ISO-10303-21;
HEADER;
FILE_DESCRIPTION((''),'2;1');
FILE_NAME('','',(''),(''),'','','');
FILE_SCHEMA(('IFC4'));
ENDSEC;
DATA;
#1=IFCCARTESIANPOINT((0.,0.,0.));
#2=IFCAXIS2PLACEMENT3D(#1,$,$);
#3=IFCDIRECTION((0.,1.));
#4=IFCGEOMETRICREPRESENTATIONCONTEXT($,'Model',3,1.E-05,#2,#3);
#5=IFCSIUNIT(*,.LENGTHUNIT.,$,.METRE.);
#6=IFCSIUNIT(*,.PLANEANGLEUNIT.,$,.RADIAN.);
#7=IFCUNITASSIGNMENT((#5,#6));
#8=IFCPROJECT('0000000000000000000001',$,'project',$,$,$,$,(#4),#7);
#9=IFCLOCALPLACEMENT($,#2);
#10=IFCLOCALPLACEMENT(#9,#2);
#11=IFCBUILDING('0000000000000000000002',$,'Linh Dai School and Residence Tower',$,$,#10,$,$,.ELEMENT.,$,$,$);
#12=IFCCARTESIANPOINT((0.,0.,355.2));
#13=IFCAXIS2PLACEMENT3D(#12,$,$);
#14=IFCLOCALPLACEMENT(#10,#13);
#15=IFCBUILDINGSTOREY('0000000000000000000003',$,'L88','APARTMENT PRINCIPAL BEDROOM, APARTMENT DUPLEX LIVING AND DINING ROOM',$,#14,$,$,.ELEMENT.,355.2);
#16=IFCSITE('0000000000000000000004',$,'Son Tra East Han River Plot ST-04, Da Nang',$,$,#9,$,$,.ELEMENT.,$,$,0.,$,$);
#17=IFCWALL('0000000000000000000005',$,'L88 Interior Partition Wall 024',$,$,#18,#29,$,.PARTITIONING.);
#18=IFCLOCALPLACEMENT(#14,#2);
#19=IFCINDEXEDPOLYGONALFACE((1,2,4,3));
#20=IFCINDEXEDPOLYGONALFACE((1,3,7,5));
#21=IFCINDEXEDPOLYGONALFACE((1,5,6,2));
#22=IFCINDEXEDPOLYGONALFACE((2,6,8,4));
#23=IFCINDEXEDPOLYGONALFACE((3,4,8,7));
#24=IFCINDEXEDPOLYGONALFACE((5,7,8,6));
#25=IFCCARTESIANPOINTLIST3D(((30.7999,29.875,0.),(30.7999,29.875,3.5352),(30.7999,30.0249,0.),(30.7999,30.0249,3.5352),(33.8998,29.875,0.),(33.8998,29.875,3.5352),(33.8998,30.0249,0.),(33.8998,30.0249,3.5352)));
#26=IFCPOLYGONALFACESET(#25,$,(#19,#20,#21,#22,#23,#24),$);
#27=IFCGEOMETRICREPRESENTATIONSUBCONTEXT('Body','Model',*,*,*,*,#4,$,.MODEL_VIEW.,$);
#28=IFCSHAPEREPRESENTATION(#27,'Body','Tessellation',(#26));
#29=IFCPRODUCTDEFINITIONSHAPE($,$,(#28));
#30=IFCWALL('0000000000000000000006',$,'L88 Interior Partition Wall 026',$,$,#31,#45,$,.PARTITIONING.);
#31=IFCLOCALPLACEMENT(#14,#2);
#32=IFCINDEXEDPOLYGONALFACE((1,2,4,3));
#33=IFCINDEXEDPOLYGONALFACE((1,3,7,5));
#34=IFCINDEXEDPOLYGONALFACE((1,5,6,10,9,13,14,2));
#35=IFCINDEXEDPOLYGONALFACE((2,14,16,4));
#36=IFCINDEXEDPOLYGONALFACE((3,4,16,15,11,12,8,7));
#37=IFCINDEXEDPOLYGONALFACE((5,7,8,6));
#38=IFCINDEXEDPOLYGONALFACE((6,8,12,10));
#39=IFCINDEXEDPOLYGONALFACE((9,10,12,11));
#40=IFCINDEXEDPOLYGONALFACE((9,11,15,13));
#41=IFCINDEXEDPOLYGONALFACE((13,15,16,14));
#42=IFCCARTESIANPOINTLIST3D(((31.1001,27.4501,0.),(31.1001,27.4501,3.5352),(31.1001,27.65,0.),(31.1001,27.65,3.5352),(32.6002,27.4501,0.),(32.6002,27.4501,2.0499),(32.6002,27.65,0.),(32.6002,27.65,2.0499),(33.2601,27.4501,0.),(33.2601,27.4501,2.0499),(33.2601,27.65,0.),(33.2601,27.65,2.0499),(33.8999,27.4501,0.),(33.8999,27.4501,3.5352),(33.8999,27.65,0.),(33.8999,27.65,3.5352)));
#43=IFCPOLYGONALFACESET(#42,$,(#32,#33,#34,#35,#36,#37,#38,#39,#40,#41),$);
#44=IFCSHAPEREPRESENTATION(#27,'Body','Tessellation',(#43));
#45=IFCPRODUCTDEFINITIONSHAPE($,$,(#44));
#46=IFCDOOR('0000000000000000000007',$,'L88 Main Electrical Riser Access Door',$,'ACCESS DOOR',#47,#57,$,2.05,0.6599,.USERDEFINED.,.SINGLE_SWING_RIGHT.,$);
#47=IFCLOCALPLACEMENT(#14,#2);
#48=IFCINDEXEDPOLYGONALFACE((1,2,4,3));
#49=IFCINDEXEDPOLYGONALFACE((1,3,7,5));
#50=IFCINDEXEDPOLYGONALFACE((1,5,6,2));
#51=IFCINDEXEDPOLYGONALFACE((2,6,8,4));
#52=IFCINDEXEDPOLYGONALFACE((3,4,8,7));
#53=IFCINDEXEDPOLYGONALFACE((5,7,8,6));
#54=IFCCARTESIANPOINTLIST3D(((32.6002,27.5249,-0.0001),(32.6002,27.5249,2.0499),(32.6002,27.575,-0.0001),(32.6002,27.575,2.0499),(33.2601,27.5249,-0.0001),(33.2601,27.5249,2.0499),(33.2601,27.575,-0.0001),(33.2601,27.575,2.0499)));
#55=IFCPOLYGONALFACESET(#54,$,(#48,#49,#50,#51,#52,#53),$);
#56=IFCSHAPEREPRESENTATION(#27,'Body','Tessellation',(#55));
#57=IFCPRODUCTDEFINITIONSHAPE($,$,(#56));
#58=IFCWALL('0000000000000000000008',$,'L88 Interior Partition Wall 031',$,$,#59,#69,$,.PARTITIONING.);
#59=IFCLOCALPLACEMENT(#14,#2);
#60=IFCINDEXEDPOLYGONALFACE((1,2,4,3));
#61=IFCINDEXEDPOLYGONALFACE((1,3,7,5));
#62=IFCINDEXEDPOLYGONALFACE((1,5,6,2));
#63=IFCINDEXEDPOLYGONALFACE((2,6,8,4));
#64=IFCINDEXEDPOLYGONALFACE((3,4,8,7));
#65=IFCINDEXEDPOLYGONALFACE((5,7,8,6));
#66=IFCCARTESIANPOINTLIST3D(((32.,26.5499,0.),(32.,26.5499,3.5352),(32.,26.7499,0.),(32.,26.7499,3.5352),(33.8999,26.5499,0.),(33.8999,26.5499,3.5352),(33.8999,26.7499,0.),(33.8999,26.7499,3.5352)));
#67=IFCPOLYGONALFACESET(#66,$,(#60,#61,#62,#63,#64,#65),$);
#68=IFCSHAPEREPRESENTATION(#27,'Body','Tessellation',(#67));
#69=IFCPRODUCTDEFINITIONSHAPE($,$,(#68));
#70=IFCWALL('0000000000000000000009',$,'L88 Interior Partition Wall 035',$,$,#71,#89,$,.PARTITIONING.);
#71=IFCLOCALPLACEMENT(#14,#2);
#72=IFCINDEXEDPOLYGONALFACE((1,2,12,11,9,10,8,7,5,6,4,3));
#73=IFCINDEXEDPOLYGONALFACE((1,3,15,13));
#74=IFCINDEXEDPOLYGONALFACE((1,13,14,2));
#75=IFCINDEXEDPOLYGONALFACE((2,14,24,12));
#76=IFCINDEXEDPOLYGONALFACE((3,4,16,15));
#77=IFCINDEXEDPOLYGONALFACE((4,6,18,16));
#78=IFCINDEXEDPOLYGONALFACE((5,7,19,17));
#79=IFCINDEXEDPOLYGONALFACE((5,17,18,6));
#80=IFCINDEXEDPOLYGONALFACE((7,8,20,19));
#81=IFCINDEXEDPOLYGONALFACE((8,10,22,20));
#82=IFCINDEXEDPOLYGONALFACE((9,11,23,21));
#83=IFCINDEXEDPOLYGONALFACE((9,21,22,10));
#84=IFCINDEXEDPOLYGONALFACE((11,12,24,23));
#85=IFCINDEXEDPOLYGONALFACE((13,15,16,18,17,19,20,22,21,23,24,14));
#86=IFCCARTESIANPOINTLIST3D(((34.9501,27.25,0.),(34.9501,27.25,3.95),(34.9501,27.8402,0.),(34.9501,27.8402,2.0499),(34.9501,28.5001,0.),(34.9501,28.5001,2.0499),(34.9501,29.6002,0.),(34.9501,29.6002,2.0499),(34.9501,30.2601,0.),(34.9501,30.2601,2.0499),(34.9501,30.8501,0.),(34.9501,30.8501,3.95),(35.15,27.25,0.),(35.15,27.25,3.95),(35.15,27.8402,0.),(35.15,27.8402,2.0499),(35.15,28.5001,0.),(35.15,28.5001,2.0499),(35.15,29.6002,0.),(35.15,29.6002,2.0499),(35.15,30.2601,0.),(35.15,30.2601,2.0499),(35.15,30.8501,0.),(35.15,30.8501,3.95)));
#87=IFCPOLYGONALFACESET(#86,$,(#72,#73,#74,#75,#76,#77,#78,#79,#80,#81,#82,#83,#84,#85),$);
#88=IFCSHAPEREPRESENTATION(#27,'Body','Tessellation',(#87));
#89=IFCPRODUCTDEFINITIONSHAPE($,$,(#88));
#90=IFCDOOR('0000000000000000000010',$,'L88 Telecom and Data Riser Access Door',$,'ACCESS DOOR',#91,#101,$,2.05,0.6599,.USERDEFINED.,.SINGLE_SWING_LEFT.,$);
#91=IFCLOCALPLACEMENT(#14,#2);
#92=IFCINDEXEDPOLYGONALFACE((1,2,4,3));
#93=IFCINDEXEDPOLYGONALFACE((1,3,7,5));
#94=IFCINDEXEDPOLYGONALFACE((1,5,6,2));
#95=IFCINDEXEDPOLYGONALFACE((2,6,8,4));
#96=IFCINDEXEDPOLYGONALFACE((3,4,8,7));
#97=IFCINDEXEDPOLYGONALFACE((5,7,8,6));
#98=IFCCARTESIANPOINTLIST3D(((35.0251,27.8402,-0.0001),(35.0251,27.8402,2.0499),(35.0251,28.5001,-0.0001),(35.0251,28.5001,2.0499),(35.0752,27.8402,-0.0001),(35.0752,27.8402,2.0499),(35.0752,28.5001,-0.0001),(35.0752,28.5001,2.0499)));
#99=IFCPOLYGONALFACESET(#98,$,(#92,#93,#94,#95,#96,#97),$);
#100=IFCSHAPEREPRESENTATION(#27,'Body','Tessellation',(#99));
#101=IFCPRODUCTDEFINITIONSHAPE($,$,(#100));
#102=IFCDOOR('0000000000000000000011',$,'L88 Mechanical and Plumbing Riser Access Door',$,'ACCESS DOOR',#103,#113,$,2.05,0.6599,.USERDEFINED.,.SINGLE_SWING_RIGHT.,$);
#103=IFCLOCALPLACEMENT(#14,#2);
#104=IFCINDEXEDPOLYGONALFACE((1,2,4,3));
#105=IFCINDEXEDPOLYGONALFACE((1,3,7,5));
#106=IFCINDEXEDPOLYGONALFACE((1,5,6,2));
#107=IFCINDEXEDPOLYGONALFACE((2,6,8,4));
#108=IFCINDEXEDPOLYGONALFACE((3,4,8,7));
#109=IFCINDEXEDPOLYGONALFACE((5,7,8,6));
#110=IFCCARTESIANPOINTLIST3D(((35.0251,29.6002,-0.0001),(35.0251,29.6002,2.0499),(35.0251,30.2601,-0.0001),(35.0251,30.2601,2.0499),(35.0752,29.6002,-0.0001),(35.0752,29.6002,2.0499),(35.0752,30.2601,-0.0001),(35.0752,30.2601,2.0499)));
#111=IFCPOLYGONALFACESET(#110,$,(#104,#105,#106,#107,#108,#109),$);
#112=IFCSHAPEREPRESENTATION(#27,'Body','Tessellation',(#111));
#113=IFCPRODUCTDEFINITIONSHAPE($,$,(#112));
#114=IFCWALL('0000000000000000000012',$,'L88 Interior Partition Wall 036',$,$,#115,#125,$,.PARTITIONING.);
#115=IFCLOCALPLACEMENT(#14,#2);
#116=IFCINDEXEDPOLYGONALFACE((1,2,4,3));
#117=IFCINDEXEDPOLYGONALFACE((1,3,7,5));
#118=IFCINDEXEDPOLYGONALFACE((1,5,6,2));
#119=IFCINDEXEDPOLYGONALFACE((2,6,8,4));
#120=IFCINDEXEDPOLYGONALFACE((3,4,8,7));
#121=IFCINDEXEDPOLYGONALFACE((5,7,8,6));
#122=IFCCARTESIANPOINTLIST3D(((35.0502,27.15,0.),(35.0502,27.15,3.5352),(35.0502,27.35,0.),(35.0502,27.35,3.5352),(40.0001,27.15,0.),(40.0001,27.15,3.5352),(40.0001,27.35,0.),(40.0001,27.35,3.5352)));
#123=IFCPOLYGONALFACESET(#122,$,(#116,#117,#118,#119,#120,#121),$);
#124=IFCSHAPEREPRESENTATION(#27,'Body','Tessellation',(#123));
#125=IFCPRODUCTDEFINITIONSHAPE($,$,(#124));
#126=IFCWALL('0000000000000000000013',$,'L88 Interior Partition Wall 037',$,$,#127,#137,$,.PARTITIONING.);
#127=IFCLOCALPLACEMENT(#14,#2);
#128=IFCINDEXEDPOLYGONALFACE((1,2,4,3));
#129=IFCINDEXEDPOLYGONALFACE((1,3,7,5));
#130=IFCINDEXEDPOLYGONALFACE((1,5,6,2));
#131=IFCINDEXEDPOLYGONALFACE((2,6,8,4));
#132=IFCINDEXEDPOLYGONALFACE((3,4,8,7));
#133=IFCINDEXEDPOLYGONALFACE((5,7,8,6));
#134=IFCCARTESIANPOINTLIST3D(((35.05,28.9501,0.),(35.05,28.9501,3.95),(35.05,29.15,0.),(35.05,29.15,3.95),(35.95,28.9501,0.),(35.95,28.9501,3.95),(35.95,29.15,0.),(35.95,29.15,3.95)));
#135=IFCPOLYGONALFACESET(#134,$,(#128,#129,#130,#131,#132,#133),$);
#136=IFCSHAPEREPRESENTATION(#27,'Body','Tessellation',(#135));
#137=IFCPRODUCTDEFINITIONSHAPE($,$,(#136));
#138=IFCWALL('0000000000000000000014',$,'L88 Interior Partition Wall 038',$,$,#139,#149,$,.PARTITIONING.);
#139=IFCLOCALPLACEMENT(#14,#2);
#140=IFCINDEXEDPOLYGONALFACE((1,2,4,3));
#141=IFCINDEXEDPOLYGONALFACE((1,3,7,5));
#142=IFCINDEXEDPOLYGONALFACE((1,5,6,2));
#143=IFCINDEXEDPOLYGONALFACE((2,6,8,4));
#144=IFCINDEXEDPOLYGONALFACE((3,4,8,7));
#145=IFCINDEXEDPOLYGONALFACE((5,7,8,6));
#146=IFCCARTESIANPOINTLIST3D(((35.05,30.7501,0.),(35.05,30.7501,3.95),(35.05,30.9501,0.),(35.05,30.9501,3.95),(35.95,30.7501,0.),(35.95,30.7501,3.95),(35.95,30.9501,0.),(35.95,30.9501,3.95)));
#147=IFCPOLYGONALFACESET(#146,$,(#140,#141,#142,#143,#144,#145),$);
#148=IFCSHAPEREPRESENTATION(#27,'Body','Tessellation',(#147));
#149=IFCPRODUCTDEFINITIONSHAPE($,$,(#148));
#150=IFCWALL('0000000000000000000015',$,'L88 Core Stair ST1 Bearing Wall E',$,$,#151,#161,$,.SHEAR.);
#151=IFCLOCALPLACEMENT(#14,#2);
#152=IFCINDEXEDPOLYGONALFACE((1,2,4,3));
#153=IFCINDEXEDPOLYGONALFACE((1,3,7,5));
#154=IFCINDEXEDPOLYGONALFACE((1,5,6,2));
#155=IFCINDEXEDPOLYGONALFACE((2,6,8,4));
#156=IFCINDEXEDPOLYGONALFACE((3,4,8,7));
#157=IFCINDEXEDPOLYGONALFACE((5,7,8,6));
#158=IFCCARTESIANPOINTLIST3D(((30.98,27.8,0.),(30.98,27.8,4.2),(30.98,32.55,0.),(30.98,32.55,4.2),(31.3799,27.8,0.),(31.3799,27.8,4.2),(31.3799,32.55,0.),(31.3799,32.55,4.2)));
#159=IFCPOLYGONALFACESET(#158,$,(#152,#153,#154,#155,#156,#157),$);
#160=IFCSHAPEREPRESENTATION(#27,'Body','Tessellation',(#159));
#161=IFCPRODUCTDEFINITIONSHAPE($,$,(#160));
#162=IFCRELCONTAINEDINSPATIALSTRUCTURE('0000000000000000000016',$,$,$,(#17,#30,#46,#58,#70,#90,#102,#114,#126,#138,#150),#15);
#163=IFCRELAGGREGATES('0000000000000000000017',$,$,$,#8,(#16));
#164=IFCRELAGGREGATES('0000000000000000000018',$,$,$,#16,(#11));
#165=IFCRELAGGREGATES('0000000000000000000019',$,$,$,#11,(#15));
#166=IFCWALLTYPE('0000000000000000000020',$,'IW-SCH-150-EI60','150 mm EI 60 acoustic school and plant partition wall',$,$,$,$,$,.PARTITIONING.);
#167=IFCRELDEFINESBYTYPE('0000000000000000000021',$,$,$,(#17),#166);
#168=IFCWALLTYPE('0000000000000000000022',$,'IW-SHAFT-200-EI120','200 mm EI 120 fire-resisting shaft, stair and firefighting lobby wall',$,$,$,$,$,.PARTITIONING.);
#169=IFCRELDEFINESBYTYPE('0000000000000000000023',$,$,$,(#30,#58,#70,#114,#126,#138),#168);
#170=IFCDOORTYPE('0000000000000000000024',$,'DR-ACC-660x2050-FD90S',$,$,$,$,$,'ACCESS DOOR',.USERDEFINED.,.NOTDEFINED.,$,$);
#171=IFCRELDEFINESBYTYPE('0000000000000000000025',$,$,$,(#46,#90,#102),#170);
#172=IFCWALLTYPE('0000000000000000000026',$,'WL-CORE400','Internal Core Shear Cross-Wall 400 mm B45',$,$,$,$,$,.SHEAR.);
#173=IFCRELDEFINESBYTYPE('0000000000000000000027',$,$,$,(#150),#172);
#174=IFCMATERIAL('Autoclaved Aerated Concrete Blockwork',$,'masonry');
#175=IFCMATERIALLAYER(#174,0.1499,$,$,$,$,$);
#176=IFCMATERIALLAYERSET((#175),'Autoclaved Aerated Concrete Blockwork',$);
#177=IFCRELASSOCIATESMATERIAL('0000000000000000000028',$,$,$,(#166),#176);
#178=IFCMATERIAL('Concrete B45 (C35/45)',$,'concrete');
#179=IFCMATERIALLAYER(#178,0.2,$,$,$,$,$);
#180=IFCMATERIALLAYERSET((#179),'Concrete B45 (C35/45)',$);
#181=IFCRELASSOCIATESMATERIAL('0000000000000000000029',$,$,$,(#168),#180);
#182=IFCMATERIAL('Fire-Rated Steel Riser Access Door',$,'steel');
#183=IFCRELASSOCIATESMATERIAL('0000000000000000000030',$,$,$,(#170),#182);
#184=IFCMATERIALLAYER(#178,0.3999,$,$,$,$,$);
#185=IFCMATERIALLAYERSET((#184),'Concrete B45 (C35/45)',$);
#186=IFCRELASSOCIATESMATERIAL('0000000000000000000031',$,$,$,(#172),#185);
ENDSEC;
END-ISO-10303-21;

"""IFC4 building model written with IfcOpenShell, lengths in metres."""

from ifc_helpers import new_model, si_unit, direction, frame, frame_2d, origin, origin_2d, place, context, subcontext, project, spatial, rectangle, extrude, source, transform, mapped, material, layer, layer_set, type_object, element, fill, save


model = new_model("IFC4")

# Units and contexts
model_context = context("Model", 3, precision=1e-05, world=origin(), true_north=direction((0.0, 1.0)))
body_context = subcontext(model_context, "Body", "Model", "MODEL_VIEW")
ifc_project = project(units=[si_unit("LENGTHUNIT", "METRE"), si_unit("PLANEANGLEUNIT", "RADIAN")], contexts=[model_context])

# Site, building, storey
site_placement = place(None, origin())
site = spatial("IfcSite", under=ifc_project, at=site_placement, Name="Son Tra East Han River Plot ST-04, Da Nang", CompositionType="ELEMENT", RefElevation=0.0)
building_placement = place(site_placement, origin())
building = spatial("IfcBuilding", under=site, at=building_placement, Name="Linh Dai School and Residence Tower", CompositionType="ELEMENT")
storey_placement = place(building_placement, frame((0.0, 0.0, 355.2)))
storey = spatial("IfcBuildingStorey", under=building, at=storey_placement, Name="L88", Description="APARTMENT PRINCIPAL BEDROOM, APARTMENT DUPLEX LIVING AND DINING ROOM", CompositionType="ELEMENT", Elevation=355.2)

# Shared definitions
ifc_material_1 = material(Name="Autoclaved Aerated Concrete Blockwork", Category="masonry")

# Wall
ifc_layer_1 = layer(ifc_material_1, 0.1499)
ifc_layer_set_1 = layer_set([ifc_layer_1], Name="Autoclaved Aerated Concrete Blockwork")
wall_type_1 = type_object("IfcWallType", Name="IW-SCH-150-EI60", Description="150 mm EI 60 acoustic school and plant partition wall", PredefinedType="PARTITIONING", material=ifc_layer_set_1)
wall_1_placement = place(storey_placement, frame((30.8, 29.95, 0.0), z_axis=(0.0, 0.0, 1.0), x_axis=(1.0, 0.0, 0.0)))
element("IfcWall", 1, at=wall_1_placement, inside=storey, type_object=wall_type_1, Name="L88 Interior Partition Wall 024", PredefinedType="PARTITIONING", context=body_context, shape_type="SweptSolid", body=[
    extrude(rectangle(XDim=3.0999, YDim=0.1499, at=frame_2d((1.5498, 0.0))), origin(), (0.0, 0.0, 1.0), 3.5352),
])

# Wall, opening, door
ifc_material_2 = material(Name="Concrete B45 (C35/45)", Category="concrete")
ifc_layer_2 = layer(ifc_material_2, 0.2)
ifc_layer_set_2 = layer_set([ifc_layer_2], Name="Concrete B45 (C35/45)")
wall_type_2 = type_object("IfcWallType", Name="IW-SHAFT-200-EI120", Description="200 mm EI 120 fire-resisting shaft, stair and firefighting lobby wall", PredefinedType="PARTITIONING", material=ifc_layer_set_2)
wall_2_placement = place(storey_placement, frame((31.1001, 27.55, 0.0), z_axis=(0.0, 0.0, 1.0), x_axis=(1.0, 0.0, 0.0)))
wall_2 = element("IfcWall", 2, at=wall_2_placement, inside=storey, type_object=wall_type_2, Name="L88 Interior Partition Wall 026", PredefinedType="PARTITIONING", context=body_context, shape_type="SweptSolid", body=[
    extrude(rectangle(XDim=2.7998, YDim=0.2, at=frame_2d((1.3999, 0.0))), origin(), (0.0, 0.0, 1.0), 3.5352),
])
opening_1_placement = place(wall_2_placement, frame((1.5, 0.0, 0.0)))
opening_1 = element("IfcOpeningElement", 3, at=opening_1_placement, cuts=wall_2, PredefinedType="OPENING", context=body_context, shape_type="SweptSolid", body=[
    extrude(rectangle(XDim=0.6599, YDim=2.05, at=origin_2d()), frame((0.3301, 0.1099, 1.0249), z_axis=(0.0, -1.0, 0.0), x_axis=(1.0, 0.0, 0.0)), (0.0, 0.0, 1.0), 0.22),
])
ifc_material_3 = material(Name="Fire-Rated Steel Riser Access Door", Category="steel")
door_type_1 = type_object("IfcDoorType", Name="DR-ACC-660x2050-FD90S", ElementType="ACCESS DOOR", OperationType="NOTDEFINED", PredefinedType="USERDEFINED", material=ifc_material_3)
shared_shape_1 = source(origin(), body_context, "Body", "SweptSolid", [
    extrude(rectangle(XDim=0.6599, YDim=2.05, at=origin_2d()), frame((0.3301, 0.0249, 1.0249), z_axis=(0.0, -1.0, 0.0), x_axis=(1.0, 0.0, 0.0)), (0.0, 0.0, 1.0), 0.05),
])
door_1_placement = place(opening_1_placement, origin())
door_1 = element("IfcDoor", 4, at=door_1_placement, inside=storey, type_object=door_type_1, Name="L88 Main Electrical Riser Access Door", ObjectType="ACCESS DOOR", OperationType="SINGLE_SWING_RIGHT", OverallHeight=2.05, OverallWidth=0.6599, PredefinedType="USERDEFINED", context=body_context, shape_type="MappedRepresentation", body=[
    mapped(shared_shape_1, transform((0.0, 0.0, 0.0), x_axis=(1.0, 0.0, 0.0), y_axis=(0.0, 1.0, 0.0), z_axis=(0.0, 0.0, 1.0), scale=1.0)),
])
fill(opening_1, door_1)

# Wall
wall_3_placement = place(storey_placement, frame((32.0, 26.6499, 0.0), z_axis=(0.0, 0.0, 1.0), x_axis=(1.0, 0.0, 0.0)))
element("IfcWall", 5, at=wall_3_placement, inside=storey, type_object=wall_type_2, Name="L88 Interior Partition Wall 031", PredefinedType="PARTITIONING", context=body_context, shape_type="SweptSolid", body=[
    extrude(rectangle(XDim=1.8999, YDim=0.2, at=frame_2d((0.95, 0.0))), origin(), (0.0, 0.0, 1.0), 3.5352),
])

# Wall, openings, doors
wall_4_placement = place(storey_placement, frame((35.05, 27.25, 0.0), z_axis=(0.0, 0.0, 1.0), x_axis=(0.0, 1.0, 0.0)))
wall_4 = element("IfcWall", 6, at=wall_4_placement, inside=storey, type_object=wall_type_2, Name="L88 Interior Partition Wall 035", PredefinedType="PARTITIONING", context=body_context, shape_type="SweptSolid", body=[
    extrude(rectangle(XDim=3.6001, YDim=0.2, at=frame_2d((1.8, 0.0))), origin(), (0.0, 0.0, 1.0), 3.95),
])
opening_2_placement = place(wall_4_placement, frame((0.5901, 0.0, 0.0)))
opening_2 = element("IfcOpeningElement", 7, at=opening_2_placement, cuts=wall_4, PredefinedType="OPENING", context=body_context, shape_type="SweptSolid", body=[
    extrude(rectangle(XDim=0.6599, YDim=2.05, at=origin_2d()), frame((0.3301, 0.1099, 1.0249), z_axis=(0.0, -1.0, 0.0), x_axis=(1.0, 0.0, 0.0)), (0.0, 0.0, 1.0), 0.22),
])
opening_3_placement = place(wall_4_placement, frame((2.3501, 0.0, 0.0)))
opening_3 = element("IfcOpeningElement", 8, at=opening_3_placement, cuts=wall_4, PredefinedType="OPENING", context=body_context, shape_type="SweptSolid", body=[
    extrude(rectangle(XDim=0.6599, YDim=2.05, at=origin_2d()), frame((0.3301, 0.1099, 1.0249), z_axis=(0.0, -1.0, 0.0), x_axis=(1.0, 0.0, 0.0)), (0.0, 0.0, 1.0), 0.22),
])
door_2_placement = place(opening_2_placement, origin())
door_2 = element("IfcDoor", 9, at=door_2_placement, inside=storey, type_object=door_type_1, Name="L88 Telecom and Data Riser Access Door", ObjectType="ACCESS DOOR", OperationType="SINGLE_SWING_LEFT", OverallHeight=2.05, OverallWidth=0.6599, PredefinedType="USERDEFINED", context=body_context, shape_type="MappedRepresentation", body=[
    mapped(shared_shape_1, transform((0.0, 0.0, 0.0), x_axis=(1.0, 0.0, 0.0), y_axis=(0.0, 1.0, 0.0), z_axis=(0.0, 0.0, 1.0), scale=1.0)),
])
fill(opening_2, door_2)
door_3_placement = place(opening_3_placement, origin())
door_3 = element("IfcDoor", 10, at=door_3_placement, inside=storey, type_object=door_type_1, Name="L88 Mechanical and Plumbing Riser Access Door", ObjectType="ACCESS DOOR", OperationType="SINGLE_SWING_RIGHT", OverallHeight=2.05, OverallWidth=0.6599, PredefinedType="USERDEFINED", context=body_context, shape_type="MappedRepresentation", body=[
    mapped(shared_shape_1, transform((0.0, 0.0, 0.0), x_axis=(1.0, 0.0, 0.0), y_axis=(0.0, 1.0, 0.0), z_axis=(0.0, 0.0, 1.0), scale=1.0)),
])
fill(opening_3, door_3)

# Walls
wall_5_placement = place(storey_placement, frame((35.05, 27.25, 0.0), z_axis=(0.0, 0.0, 1.0), x_axis=(1.0, 0.0, 0.0)))
element("IfcWall", 11, at=wall_5_placement, inside=storey, type_object=wall_type_2, Name="L88 Interior Partition Wall 036", PredefinedType="PARTITIONING", context=body_context, shape_type="SweptSolid", body=[
    extrude(rectangle(XDim=4.95, YDim=0.2, at=frame_2d((2.4751, 0.0))), origin(), (0.0, 0.0, 1.0), 3.5352),
])
for number, where, z_axis, x_axis, name in (
    (12, (35.05, 29.05, 0.0), (0.0, 0.0, 1.0), (1.0, 0.0, 0.0), "L88 Interior Partition Wall 037"),
    (13, (35.05, 30.8501, 0.0), (0.0, 0.0, 1.0), (1.0, 0.0, 0.0), "L88 Interior Partition Wall 038"),
):
    element("IfcWall", number, at=place(storey_placement, frame(where, z_axis=z_axis, x_axis=x_axis)), inside=storey, type_object=wall_type_2, Name=name, PredefinedType="PARTITIONING", context=body_context, shape_type="SweptSolid", body=[
        extrude(rectangle(XDim=0.8999, YDim=0.2, at=frame_2d((0.45, 0.0))), origin(), (0.0, 0.0, 1.0), 3.95),
    ])
ifc_layer_3 = layer(ifc_material_2, 0.3999)
ifc_layer_set_3 = layer_set([ifc_layer_3], Name="Concrete B45 (C35/45)")
wall_type_3 = type_object("IfcWallType", Name="WL-CORE400", Description="Internal Core Shear Cross-Wall 400 mm B45", PredefinedType="SHEAR", material=ifc_layer_set_3)
wall_6_placement = place(storey_placement, frame((31.1799, 27.8, 0.0), z_axis=(0.0, 0.0, 1.0), x_axis=(0.0, 1.0, 0.0)))
element("IfcWall", 14, at=wall_6_placement, inside=storey, type_object=wall_type_3, Name="L88 Core Stair ST1 Bearing Wall E", PredefinedType="SHEAR", context=body_context, shape_type="SweptSolid", body=[
    extrude(rectangle(XDim=4.75, YDim=0.3999, at=frame_2d((2.375, 0.0))), origin(), (0.0, 0.0, 1.0), 4.2),
])

save(model, "model.ifc")
